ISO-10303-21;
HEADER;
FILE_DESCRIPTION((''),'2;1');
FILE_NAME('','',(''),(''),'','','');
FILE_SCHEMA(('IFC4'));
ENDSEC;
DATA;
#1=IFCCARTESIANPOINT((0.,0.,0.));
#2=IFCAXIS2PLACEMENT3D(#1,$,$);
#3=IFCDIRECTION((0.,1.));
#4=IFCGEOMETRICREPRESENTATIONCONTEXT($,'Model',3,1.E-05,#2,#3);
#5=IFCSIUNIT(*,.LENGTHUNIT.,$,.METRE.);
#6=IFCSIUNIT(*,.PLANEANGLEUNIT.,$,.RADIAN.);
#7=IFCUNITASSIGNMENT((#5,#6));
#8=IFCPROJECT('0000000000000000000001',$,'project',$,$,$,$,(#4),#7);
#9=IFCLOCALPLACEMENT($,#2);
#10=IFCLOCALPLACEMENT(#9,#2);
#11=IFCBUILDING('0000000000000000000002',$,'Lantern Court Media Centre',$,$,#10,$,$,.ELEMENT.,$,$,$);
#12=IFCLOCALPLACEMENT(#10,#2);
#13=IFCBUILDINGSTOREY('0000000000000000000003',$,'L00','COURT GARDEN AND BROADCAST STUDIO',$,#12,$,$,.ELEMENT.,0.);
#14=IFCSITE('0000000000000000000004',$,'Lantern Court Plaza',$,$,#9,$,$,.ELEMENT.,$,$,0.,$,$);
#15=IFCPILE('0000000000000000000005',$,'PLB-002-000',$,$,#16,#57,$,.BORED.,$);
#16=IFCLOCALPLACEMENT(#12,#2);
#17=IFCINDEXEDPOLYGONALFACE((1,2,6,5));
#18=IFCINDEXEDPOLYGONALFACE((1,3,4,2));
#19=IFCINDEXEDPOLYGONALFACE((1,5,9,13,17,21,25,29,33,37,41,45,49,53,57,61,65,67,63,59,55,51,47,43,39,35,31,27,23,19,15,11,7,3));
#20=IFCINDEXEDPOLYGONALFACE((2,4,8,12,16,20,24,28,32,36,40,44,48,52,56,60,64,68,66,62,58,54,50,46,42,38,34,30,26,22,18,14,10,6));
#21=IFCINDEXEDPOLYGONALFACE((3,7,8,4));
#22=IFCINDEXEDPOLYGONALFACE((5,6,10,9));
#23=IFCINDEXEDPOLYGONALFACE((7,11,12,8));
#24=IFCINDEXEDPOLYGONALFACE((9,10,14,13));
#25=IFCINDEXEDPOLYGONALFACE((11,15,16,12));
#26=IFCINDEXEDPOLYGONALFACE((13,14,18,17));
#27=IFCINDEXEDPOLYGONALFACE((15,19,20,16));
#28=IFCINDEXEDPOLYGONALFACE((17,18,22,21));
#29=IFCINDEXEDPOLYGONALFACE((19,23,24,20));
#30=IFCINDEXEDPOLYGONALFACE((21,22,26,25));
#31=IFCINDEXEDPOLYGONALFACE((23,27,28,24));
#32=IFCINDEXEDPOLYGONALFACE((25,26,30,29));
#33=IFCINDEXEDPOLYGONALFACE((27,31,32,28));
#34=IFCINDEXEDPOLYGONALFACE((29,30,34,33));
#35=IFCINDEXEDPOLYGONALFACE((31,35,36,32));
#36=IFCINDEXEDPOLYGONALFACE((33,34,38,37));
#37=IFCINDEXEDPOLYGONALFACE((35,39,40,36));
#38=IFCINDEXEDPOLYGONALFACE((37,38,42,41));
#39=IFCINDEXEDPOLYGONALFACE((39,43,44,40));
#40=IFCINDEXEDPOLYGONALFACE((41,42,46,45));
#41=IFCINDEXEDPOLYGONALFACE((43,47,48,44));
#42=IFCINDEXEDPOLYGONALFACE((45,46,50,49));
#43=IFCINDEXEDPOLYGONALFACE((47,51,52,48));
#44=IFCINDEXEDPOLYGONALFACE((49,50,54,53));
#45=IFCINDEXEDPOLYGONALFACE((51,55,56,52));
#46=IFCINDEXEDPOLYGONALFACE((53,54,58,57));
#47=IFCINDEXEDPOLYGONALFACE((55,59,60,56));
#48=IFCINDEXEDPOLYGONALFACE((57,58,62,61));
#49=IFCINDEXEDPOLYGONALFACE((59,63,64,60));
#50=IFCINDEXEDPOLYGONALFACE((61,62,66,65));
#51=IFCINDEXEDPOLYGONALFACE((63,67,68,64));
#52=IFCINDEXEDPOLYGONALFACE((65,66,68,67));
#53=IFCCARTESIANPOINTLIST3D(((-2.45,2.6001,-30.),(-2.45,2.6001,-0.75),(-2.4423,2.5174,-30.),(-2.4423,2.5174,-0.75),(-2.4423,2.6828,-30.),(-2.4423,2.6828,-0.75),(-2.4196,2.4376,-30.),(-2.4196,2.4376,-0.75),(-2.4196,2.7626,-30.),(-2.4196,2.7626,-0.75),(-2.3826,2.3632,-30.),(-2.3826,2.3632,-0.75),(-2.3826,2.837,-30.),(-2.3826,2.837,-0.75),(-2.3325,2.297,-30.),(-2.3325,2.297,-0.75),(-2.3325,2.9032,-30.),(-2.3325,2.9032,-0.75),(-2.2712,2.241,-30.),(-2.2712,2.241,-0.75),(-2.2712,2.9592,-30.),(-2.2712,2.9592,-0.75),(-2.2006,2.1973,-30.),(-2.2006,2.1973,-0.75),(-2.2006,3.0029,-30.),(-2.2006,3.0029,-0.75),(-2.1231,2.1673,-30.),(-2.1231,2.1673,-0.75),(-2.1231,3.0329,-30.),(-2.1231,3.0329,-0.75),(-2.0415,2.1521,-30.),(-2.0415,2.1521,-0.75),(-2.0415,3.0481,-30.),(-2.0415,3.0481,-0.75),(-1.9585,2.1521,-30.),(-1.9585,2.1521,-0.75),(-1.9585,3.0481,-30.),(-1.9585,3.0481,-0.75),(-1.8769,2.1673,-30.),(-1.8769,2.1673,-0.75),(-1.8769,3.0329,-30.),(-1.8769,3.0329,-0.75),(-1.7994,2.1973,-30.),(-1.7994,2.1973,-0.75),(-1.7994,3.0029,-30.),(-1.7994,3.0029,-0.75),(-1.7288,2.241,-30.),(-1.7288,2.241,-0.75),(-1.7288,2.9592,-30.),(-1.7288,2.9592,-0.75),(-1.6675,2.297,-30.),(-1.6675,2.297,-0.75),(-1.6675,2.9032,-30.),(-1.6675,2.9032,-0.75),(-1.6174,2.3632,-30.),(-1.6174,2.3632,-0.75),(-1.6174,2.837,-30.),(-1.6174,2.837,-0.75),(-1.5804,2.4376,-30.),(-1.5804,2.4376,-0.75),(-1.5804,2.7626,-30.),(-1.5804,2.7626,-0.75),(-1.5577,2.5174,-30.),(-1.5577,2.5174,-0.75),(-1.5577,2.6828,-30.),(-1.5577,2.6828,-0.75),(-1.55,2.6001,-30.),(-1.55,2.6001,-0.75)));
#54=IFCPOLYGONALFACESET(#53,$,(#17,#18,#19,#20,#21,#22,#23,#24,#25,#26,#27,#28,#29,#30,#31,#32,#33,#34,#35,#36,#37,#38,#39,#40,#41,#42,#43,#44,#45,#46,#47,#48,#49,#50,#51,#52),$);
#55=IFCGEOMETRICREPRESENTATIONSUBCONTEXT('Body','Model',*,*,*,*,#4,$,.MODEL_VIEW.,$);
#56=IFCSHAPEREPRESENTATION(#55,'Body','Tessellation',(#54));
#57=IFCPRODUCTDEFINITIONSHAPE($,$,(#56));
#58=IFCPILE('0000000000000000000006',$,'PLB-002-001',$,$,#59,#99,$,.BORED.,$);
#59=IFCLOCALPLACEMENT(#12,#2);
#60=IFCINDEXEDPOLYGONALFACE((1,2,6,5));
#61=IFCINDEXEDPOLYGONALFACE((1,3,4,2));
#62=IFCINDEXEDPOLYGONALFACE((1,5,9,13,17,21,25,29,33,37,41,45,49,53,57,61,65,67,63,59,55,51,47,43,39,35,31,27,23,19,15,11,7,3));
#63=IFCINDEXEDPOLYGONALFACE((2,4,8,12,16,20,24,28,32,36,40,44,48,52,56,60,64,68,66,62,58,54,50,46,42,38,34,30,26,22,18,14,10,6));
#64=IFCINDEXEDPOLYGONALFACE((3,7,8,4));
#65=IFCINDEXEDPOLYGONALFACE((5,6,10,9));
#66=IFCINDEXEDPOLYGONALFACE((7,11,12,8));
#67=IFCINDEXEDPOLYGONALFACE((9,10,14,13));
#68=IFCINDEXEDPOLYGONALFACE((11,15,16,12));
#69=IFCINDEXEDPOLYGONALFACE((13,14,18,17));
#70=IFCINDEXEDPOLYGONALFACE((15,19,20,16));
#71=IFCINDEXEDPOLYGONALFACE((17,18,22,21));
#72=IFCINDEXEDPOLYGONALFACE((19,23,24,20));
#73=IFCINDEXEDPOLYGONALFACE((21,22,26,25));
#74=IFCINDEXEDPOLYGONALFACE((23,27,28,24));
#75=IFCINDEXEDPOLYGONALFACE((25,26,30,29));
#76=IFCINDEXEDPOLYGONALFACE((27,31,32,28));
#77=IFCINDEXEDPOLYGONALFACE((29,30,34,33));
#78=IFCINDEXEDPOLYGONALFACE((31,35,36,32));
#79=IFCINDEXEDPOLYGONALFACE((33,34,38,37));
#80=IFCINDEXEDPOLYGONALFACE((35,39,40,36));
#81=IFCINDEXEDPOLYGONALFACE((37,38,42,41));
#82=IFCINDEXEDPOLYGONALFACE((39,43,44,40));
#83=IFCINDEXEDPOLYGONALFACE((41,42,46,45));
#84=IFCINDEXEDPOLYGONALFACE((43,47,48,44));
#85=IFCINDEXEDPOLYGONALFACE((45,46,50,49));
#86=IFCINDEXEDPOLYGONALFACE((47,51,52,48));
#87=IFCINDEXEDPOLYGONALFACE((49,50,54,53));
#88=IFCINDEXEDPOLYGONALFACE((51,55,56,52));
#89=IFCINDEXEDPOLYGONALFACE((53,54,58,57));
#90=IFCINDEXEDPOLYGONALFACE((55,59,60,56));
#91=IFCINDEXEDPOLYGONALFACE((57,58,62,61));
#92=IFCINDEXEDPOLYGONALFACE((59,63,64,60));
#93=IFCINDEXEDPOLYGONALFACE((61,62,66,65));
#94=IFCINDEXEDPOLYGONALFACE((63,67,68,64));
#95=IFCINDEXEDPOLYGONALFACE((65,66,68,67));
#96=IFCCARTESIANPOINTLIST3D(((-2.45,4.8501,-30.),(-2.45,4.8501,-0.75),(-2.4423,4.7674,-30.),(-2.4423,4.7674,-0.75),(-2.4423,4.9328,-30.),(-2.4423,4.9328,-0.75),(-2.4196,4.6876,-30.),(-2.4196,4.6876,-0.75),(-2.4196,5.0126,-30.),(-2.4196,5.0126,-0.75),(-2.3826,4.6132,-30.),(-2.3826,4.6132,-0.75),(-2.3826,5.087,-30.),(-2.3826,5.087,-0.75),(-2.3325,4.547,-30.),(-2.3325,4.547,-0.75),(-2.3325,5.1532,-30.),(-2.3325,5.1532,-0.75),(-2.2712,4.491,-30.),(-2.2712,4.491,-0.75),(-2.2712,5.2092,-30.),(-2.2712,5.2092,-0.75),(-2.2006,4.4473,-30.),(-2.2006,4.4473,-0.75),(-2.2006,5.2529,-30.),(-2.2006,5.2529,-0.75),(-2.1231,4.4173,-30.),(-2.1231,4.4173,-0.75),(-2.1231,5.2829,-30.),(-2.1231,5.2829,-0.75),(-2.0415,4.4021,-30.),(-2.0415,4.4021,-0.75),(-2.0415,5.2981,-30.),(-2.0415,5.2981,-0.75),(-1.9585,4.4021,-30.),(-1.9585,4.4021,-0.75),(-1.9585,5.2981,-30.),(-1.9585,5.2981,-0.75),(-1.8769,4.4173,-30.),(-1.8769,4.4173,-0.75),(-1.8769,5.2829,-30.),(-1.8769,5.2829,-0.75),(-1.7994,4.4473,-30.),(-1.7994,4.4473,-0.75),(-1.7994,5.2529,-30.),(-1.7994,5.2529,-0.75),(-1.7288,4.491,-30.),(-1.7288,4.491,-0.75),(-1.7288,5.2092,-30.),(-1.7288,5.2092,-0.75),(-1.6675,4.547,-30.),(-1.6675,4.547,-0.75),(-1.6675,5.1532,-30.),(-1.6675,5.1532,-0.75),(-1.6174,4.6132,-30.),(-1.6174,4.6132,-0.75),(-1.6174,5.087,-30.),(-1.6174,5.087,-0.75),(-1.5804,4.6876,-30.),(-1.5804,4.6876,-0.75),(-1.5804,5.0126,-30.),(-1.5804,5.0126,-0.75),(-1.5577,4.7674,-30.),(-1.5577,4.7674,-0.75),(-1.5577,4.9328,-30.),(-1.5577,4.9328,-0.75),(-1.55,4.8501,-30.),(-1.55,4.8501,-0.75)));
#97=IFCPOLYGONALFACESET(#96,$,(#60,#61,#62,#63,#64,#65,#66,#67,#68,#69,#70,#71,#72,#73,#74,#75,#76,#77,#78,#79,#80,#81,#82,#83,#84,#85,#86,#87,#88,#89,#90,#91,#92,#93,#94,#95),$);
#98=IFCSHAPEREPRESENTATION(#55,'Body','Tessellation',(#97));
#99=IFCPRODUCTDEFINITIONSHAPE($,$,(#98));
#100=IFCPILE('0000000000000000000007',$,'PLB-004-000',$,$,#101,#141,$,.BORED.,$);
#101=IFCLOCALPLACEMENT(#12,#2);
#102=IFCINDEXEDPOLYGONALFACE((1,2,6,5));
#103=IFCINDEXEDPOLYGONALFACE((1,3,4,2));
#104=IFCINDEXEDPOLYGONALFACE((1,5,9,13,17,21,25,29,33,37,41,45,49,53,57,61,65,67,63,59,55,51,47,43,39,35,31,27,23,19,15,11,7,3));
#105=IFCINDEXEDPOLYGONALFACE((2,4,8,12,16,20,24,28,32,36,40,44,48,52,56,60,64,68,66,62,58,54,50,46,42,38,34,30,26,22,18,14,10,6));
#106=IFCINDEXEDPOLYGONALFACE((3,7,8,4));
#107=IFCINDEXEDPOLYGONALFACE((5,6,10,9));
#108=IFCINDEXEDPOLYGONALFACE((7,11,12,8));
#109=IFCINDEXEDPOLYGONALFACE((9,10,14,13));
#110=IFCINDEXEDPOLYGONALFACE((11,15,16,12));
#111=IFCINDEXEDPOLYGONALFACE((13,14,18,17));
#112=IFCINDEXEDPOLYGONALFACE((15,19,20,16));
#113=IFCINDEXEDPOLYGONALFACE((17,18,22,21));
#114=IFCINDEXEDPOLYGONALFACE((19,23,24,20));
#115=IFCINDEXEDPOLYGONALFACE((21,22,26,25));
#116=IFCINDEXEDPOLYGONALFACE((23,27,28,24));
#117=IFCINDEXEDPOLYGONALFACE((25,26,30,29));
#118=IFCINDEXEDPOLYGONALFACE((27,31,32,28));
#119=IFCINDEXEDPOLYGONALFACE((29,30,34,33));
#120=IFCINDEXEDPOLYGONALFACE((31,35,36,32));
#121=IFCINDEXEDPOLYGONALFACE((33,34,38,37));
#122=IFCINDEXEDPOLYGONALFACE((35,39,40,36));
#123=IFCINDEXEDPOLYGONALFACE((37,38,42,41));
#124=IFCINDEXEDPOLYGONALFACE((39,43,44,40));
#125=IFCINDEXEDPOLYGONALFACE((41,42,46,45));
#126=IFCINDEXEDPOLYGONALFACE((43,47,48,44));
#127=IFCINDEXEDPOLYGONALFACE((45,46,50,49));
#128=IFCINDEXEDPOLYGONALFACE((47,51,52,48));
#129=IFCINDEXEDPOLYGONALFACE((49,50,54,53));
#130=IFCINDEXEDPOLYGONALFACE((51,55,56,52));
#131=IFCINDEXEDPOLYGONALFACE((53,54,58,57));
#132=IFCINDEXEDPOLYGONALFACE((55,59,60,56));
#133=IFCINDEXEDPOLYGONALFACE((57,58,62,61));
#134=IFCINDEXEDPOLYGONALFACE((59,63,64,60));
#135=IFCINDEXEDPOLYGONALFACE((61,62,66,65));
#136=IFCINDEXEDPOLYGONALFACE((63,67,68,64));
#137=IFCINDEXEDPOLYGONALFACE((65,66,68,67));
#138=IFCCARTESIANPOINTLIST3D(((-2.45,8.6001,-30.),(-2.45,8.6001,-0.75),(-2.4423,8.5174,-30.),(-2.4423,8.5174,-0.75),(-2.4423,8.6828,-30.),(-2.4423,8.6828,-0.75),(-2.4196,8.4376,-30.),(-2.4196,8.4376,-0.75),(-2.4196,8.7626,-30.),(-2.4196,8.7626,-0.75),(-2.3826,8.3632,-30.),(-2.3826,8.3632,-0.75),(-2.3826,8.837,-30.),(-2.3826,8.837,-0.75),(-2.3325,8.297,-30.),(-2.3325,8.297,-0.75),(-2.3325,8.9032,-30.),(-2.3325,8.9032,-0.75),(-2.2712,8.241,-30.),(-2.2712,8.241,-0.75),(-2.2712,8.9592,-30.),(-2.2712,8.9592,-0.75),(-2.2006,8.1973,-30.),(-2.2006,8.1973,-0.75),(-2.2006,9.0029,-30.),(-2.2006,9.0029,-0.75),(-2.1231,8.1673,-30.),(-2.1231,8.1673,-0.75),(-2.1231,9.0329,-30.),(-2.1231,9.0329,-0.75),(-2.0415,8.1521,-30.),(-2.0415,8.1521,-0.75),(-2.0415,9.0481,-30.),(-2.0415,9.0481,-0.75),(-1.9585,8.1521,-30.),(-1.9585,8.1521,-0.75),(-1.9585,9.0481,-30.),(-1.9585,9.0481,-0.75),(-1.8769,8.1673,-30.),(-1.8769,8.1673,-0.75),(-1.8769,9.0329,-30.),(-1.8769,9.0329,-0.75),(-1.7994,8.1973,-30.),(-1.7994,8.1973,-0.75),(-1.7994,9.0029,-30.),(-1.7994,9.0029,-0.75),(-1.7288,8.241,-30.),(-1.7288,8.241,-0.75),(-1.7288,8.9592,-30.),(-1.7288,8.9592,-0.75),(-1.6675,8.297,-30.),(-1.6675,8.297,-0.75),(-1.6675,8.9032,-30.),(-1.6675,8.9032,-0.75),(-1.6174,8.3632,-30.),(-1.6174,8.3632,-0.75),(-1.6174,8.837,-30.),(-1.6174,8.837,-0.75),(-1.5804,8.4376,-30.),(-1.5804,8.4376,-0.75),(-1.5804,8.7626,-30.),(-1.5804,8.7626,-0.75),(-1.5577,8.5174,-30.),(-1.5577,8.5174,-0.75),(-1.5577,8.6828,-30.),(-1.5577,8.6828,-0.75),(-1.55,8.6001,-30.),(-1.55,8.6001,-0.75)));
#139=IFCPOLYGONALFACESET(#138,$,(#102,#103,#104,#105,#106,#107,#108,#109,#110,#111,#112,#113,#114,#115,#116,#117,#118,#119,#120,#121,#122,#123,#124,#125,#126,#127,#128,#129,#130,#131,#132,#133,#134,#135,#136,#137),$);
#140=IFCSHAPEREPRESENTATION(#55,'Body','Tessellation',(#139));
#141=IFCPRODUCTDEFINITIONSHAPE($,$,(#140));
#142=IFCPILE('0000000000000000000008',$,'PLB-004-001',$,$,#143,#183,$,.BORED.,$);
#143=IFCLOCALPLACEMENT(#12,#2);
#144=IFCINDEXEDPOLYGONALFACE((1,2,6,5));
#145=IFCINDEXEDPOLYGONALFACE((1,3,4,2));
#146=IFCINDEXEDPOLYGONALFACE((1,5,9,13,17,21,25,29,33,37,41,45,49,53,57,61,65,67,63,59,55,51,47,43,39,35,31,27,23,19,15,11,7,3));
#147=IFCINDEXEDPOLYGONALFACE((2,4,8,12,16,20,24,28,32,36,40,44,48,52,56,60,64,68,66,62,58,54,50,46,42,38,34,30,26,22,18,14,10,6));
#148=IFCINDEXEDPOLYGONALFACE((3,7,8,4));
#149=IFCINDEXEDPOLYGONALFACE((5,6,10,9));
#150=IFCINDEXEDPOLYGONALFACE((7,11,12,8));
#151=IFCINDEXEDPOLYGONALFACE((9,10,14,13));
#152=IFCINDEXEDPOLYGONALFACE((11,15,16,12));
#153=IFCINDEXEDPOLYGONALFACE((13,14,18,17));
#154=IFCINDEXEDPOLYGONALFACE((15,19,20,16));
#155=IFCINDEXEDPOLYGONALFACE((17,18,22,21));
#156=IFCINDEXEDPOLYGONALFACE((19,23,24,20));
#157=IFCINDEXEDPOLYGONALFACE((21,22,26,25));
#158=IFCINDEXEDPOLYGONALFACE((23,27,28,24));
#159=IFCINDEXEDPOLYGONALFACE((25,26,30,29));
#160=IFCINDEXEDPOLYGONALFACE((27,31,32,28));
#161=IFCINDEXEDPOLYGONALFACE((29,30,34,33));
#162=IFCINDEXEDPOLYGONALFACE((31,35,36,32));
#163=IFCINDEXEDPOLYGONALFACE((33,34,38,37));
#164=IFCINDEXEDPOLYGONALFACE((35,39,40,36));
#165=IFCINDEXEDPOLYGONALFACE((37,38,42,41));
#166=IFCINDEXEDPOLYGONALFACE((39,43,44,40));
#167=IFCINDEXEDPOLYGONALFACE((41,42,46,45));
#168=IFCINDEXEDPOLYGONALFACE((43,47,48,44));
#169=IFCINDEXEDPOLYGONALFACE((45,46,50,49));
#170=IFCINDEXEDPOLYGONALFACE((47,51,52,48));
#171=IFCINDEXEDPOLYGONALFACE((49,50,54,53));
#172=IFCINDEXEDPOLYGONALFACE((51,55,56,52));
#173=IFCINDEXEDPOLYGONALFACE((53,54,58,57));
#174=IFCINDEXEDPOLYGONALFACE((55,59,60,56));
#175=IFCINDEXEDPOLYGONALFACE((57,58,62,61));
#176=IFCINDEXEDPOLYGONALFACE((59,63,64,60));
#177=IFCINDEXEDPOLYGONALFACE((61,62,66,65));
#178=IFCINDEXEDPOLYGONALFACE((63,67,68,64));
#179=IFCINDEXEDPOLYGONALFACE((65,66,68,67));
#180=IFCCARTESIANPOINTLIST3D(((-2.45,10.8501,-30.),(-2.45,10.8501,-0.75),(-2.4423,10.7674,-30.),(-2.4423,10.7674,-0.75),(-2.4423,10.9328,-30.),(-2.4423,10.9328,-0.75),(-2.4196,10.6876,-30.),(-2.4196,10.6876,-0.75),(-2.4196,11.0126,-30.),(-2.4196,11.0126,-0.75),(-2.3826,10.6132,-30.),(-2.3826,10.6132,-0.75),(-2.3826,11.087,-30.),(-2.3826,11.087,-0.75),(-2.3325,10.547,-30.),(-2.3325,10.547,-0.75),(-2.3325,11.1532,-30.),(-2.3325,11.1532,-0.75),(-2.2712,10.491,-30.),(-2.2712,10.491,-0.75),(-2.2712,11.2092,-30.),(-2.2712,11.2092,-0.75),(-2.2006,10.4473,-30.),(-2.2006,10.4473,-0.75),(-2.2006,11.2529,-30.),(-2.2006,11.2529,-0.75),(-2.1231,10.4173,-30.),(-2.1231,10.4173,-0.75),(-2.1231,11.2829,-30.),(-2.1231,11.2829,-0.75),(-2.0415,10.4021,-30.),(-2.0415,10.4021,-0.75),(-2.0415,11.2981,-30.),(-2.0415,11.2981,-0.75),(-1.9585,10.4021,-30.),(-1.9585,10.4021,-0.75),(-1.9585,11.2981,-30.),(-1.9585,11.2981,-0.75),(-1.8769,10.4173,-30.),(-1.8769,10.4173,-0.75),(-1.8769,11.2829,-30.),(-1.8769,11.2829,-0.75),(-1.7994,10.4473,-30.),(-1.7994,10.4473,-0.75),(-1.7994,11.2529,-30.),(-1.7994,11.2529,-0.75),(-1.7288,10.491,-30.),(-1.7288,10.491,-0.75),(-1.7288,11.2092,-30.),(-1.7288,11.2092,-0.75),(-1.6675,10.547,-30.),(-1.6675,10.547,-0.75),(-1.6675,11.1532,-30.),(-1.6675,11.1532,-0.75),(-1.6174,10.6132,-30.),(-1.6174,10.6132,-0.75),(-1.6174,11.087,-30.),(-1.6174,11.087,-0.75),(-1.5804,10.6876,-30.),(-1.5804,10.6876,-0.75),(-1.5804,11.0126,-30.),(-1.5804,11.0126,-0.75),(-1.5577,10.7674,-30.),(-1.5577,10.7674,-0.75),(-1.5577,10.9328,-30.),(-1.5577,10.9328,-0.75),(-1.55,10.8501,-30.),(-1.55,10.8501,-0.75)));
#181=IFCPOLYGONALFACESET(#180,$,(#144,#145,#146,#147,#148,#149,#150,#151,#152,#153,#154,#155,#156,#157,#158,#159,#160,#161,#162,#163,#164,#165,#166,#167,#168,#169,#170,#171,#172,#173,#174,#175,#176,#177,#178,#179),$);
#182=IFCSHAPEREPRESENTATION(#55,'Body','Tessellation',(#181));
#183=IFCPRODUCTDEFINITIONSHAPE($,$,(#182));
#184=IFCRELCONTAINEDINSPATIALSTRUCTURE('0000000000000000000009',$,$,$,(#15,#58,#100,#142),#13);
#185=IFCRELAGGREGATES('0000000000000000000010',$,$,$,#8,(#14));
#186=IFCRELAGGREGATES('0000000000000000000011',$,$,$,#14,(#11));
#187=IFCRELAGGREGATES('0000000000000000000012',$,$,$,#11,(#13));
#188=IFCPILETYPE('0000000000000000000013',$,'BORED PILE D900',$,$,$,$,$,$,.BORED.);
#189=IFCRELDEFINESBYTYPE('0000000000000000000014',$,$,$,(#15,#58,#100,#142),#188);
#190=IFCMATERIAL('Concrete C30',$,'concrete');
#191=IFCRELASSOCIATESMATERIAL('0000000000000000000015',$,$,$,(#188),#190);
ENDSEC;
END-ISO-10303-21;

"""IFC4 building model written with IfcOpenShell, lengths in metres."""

from ifc_helpers import new_model, si_unit, direction, frame, origin, origin_2d, place, context, subcontext, project, spatial, circle, extrude, material, material_profile, profile_set, type_object, element, save


model = new_model("IFC4")

# Units and contexts
model_context = context("Model", 3, precision=1e-05, world=origin(), true_north=direction((0.0, 1.0)))
body_context = subcontext(model_context, "Body", "Model", "MODEL_VIEW")
ifc_project = project(units=[si_unit("LENGTHUNIT", "METRE"), si_unit("PLANEANGLEUNIT", "RADIAN")], contexts=[model_context])

# Site, building, storey
site_placement = place(None, origin())
site = spatial("IfcSite", under=ifc_project, at=site_placement, Name="Lantern Court Plaza", CompositionType="ELEMENT", RefElevation=0.0)
building_placement = place(site_placement, origin())
building = spatial("IfcBuilding", under=site, at=building_placement, Name="Lantern Court Media Centre", CompositionType="ELEMENT")
storey_placement = place(building_placement, origin())
storey = spatial("IfcBuildingStorey", under=building, at=storey_placement, Name="L00", Description="COURT GARDEN AND BROADCAST STUDIO", CompositionType="ELEMENT", Elevation=0.0)

# Piles
ifc_material_1 = material(Name="Concrete C30", Category="concrete")
ifc_material_profile_1 = material_profile(ifc_material_1, circle(Radius=0.45, at=origin_2d()), Name="D900")
ifc_profile_set_1 = profile_set([ifc_material_profile_1], Name="Concrete C30")
pile_type = type_object("IfcPileType", Name="BORED PILE D900", PredefinedType="BORED", material=ifc_profile_set_1)
for number, where, z_axis, x_axis, name in (
    (1, (-2.0, 2.6001, -0.75), (0.0, 0.0, -1.0), (1.0, 0.0, 0.0), "PLB-002-000"),
    (2, (-2.0, 4.8501, -0.75), (0.0, 0.0, -1.0), (1.0, 0.0, 0.0), "PLB-002-001"),
    (3, (-2.0, 8.6001, -0.75), (0.0, 0.0, -1.0), (1.0, 0.0, 0.0), "PLB-004-000"),
    (4, (-2.0, 10.8501, -0.75), (0.0, 0.0, -1.0), (1.0, 0.0, 0.0), "PLB-004-001"),
):
    element("IfcPile", number, at=place(storey_placement, frame(where, z_axis=z_axis, x_axis=x_axis)), inside=storey, type_object=pile_type, Name=name, PredefinedType="BORED", context=body_context, shape_type="SweptSolid", body=[
        extrude(circle(Radius=0.45, at=origin_2d()), origin(), (0.0, 0.0, 1.0), 29.25),
    ])

save(model, "model.ifc")
